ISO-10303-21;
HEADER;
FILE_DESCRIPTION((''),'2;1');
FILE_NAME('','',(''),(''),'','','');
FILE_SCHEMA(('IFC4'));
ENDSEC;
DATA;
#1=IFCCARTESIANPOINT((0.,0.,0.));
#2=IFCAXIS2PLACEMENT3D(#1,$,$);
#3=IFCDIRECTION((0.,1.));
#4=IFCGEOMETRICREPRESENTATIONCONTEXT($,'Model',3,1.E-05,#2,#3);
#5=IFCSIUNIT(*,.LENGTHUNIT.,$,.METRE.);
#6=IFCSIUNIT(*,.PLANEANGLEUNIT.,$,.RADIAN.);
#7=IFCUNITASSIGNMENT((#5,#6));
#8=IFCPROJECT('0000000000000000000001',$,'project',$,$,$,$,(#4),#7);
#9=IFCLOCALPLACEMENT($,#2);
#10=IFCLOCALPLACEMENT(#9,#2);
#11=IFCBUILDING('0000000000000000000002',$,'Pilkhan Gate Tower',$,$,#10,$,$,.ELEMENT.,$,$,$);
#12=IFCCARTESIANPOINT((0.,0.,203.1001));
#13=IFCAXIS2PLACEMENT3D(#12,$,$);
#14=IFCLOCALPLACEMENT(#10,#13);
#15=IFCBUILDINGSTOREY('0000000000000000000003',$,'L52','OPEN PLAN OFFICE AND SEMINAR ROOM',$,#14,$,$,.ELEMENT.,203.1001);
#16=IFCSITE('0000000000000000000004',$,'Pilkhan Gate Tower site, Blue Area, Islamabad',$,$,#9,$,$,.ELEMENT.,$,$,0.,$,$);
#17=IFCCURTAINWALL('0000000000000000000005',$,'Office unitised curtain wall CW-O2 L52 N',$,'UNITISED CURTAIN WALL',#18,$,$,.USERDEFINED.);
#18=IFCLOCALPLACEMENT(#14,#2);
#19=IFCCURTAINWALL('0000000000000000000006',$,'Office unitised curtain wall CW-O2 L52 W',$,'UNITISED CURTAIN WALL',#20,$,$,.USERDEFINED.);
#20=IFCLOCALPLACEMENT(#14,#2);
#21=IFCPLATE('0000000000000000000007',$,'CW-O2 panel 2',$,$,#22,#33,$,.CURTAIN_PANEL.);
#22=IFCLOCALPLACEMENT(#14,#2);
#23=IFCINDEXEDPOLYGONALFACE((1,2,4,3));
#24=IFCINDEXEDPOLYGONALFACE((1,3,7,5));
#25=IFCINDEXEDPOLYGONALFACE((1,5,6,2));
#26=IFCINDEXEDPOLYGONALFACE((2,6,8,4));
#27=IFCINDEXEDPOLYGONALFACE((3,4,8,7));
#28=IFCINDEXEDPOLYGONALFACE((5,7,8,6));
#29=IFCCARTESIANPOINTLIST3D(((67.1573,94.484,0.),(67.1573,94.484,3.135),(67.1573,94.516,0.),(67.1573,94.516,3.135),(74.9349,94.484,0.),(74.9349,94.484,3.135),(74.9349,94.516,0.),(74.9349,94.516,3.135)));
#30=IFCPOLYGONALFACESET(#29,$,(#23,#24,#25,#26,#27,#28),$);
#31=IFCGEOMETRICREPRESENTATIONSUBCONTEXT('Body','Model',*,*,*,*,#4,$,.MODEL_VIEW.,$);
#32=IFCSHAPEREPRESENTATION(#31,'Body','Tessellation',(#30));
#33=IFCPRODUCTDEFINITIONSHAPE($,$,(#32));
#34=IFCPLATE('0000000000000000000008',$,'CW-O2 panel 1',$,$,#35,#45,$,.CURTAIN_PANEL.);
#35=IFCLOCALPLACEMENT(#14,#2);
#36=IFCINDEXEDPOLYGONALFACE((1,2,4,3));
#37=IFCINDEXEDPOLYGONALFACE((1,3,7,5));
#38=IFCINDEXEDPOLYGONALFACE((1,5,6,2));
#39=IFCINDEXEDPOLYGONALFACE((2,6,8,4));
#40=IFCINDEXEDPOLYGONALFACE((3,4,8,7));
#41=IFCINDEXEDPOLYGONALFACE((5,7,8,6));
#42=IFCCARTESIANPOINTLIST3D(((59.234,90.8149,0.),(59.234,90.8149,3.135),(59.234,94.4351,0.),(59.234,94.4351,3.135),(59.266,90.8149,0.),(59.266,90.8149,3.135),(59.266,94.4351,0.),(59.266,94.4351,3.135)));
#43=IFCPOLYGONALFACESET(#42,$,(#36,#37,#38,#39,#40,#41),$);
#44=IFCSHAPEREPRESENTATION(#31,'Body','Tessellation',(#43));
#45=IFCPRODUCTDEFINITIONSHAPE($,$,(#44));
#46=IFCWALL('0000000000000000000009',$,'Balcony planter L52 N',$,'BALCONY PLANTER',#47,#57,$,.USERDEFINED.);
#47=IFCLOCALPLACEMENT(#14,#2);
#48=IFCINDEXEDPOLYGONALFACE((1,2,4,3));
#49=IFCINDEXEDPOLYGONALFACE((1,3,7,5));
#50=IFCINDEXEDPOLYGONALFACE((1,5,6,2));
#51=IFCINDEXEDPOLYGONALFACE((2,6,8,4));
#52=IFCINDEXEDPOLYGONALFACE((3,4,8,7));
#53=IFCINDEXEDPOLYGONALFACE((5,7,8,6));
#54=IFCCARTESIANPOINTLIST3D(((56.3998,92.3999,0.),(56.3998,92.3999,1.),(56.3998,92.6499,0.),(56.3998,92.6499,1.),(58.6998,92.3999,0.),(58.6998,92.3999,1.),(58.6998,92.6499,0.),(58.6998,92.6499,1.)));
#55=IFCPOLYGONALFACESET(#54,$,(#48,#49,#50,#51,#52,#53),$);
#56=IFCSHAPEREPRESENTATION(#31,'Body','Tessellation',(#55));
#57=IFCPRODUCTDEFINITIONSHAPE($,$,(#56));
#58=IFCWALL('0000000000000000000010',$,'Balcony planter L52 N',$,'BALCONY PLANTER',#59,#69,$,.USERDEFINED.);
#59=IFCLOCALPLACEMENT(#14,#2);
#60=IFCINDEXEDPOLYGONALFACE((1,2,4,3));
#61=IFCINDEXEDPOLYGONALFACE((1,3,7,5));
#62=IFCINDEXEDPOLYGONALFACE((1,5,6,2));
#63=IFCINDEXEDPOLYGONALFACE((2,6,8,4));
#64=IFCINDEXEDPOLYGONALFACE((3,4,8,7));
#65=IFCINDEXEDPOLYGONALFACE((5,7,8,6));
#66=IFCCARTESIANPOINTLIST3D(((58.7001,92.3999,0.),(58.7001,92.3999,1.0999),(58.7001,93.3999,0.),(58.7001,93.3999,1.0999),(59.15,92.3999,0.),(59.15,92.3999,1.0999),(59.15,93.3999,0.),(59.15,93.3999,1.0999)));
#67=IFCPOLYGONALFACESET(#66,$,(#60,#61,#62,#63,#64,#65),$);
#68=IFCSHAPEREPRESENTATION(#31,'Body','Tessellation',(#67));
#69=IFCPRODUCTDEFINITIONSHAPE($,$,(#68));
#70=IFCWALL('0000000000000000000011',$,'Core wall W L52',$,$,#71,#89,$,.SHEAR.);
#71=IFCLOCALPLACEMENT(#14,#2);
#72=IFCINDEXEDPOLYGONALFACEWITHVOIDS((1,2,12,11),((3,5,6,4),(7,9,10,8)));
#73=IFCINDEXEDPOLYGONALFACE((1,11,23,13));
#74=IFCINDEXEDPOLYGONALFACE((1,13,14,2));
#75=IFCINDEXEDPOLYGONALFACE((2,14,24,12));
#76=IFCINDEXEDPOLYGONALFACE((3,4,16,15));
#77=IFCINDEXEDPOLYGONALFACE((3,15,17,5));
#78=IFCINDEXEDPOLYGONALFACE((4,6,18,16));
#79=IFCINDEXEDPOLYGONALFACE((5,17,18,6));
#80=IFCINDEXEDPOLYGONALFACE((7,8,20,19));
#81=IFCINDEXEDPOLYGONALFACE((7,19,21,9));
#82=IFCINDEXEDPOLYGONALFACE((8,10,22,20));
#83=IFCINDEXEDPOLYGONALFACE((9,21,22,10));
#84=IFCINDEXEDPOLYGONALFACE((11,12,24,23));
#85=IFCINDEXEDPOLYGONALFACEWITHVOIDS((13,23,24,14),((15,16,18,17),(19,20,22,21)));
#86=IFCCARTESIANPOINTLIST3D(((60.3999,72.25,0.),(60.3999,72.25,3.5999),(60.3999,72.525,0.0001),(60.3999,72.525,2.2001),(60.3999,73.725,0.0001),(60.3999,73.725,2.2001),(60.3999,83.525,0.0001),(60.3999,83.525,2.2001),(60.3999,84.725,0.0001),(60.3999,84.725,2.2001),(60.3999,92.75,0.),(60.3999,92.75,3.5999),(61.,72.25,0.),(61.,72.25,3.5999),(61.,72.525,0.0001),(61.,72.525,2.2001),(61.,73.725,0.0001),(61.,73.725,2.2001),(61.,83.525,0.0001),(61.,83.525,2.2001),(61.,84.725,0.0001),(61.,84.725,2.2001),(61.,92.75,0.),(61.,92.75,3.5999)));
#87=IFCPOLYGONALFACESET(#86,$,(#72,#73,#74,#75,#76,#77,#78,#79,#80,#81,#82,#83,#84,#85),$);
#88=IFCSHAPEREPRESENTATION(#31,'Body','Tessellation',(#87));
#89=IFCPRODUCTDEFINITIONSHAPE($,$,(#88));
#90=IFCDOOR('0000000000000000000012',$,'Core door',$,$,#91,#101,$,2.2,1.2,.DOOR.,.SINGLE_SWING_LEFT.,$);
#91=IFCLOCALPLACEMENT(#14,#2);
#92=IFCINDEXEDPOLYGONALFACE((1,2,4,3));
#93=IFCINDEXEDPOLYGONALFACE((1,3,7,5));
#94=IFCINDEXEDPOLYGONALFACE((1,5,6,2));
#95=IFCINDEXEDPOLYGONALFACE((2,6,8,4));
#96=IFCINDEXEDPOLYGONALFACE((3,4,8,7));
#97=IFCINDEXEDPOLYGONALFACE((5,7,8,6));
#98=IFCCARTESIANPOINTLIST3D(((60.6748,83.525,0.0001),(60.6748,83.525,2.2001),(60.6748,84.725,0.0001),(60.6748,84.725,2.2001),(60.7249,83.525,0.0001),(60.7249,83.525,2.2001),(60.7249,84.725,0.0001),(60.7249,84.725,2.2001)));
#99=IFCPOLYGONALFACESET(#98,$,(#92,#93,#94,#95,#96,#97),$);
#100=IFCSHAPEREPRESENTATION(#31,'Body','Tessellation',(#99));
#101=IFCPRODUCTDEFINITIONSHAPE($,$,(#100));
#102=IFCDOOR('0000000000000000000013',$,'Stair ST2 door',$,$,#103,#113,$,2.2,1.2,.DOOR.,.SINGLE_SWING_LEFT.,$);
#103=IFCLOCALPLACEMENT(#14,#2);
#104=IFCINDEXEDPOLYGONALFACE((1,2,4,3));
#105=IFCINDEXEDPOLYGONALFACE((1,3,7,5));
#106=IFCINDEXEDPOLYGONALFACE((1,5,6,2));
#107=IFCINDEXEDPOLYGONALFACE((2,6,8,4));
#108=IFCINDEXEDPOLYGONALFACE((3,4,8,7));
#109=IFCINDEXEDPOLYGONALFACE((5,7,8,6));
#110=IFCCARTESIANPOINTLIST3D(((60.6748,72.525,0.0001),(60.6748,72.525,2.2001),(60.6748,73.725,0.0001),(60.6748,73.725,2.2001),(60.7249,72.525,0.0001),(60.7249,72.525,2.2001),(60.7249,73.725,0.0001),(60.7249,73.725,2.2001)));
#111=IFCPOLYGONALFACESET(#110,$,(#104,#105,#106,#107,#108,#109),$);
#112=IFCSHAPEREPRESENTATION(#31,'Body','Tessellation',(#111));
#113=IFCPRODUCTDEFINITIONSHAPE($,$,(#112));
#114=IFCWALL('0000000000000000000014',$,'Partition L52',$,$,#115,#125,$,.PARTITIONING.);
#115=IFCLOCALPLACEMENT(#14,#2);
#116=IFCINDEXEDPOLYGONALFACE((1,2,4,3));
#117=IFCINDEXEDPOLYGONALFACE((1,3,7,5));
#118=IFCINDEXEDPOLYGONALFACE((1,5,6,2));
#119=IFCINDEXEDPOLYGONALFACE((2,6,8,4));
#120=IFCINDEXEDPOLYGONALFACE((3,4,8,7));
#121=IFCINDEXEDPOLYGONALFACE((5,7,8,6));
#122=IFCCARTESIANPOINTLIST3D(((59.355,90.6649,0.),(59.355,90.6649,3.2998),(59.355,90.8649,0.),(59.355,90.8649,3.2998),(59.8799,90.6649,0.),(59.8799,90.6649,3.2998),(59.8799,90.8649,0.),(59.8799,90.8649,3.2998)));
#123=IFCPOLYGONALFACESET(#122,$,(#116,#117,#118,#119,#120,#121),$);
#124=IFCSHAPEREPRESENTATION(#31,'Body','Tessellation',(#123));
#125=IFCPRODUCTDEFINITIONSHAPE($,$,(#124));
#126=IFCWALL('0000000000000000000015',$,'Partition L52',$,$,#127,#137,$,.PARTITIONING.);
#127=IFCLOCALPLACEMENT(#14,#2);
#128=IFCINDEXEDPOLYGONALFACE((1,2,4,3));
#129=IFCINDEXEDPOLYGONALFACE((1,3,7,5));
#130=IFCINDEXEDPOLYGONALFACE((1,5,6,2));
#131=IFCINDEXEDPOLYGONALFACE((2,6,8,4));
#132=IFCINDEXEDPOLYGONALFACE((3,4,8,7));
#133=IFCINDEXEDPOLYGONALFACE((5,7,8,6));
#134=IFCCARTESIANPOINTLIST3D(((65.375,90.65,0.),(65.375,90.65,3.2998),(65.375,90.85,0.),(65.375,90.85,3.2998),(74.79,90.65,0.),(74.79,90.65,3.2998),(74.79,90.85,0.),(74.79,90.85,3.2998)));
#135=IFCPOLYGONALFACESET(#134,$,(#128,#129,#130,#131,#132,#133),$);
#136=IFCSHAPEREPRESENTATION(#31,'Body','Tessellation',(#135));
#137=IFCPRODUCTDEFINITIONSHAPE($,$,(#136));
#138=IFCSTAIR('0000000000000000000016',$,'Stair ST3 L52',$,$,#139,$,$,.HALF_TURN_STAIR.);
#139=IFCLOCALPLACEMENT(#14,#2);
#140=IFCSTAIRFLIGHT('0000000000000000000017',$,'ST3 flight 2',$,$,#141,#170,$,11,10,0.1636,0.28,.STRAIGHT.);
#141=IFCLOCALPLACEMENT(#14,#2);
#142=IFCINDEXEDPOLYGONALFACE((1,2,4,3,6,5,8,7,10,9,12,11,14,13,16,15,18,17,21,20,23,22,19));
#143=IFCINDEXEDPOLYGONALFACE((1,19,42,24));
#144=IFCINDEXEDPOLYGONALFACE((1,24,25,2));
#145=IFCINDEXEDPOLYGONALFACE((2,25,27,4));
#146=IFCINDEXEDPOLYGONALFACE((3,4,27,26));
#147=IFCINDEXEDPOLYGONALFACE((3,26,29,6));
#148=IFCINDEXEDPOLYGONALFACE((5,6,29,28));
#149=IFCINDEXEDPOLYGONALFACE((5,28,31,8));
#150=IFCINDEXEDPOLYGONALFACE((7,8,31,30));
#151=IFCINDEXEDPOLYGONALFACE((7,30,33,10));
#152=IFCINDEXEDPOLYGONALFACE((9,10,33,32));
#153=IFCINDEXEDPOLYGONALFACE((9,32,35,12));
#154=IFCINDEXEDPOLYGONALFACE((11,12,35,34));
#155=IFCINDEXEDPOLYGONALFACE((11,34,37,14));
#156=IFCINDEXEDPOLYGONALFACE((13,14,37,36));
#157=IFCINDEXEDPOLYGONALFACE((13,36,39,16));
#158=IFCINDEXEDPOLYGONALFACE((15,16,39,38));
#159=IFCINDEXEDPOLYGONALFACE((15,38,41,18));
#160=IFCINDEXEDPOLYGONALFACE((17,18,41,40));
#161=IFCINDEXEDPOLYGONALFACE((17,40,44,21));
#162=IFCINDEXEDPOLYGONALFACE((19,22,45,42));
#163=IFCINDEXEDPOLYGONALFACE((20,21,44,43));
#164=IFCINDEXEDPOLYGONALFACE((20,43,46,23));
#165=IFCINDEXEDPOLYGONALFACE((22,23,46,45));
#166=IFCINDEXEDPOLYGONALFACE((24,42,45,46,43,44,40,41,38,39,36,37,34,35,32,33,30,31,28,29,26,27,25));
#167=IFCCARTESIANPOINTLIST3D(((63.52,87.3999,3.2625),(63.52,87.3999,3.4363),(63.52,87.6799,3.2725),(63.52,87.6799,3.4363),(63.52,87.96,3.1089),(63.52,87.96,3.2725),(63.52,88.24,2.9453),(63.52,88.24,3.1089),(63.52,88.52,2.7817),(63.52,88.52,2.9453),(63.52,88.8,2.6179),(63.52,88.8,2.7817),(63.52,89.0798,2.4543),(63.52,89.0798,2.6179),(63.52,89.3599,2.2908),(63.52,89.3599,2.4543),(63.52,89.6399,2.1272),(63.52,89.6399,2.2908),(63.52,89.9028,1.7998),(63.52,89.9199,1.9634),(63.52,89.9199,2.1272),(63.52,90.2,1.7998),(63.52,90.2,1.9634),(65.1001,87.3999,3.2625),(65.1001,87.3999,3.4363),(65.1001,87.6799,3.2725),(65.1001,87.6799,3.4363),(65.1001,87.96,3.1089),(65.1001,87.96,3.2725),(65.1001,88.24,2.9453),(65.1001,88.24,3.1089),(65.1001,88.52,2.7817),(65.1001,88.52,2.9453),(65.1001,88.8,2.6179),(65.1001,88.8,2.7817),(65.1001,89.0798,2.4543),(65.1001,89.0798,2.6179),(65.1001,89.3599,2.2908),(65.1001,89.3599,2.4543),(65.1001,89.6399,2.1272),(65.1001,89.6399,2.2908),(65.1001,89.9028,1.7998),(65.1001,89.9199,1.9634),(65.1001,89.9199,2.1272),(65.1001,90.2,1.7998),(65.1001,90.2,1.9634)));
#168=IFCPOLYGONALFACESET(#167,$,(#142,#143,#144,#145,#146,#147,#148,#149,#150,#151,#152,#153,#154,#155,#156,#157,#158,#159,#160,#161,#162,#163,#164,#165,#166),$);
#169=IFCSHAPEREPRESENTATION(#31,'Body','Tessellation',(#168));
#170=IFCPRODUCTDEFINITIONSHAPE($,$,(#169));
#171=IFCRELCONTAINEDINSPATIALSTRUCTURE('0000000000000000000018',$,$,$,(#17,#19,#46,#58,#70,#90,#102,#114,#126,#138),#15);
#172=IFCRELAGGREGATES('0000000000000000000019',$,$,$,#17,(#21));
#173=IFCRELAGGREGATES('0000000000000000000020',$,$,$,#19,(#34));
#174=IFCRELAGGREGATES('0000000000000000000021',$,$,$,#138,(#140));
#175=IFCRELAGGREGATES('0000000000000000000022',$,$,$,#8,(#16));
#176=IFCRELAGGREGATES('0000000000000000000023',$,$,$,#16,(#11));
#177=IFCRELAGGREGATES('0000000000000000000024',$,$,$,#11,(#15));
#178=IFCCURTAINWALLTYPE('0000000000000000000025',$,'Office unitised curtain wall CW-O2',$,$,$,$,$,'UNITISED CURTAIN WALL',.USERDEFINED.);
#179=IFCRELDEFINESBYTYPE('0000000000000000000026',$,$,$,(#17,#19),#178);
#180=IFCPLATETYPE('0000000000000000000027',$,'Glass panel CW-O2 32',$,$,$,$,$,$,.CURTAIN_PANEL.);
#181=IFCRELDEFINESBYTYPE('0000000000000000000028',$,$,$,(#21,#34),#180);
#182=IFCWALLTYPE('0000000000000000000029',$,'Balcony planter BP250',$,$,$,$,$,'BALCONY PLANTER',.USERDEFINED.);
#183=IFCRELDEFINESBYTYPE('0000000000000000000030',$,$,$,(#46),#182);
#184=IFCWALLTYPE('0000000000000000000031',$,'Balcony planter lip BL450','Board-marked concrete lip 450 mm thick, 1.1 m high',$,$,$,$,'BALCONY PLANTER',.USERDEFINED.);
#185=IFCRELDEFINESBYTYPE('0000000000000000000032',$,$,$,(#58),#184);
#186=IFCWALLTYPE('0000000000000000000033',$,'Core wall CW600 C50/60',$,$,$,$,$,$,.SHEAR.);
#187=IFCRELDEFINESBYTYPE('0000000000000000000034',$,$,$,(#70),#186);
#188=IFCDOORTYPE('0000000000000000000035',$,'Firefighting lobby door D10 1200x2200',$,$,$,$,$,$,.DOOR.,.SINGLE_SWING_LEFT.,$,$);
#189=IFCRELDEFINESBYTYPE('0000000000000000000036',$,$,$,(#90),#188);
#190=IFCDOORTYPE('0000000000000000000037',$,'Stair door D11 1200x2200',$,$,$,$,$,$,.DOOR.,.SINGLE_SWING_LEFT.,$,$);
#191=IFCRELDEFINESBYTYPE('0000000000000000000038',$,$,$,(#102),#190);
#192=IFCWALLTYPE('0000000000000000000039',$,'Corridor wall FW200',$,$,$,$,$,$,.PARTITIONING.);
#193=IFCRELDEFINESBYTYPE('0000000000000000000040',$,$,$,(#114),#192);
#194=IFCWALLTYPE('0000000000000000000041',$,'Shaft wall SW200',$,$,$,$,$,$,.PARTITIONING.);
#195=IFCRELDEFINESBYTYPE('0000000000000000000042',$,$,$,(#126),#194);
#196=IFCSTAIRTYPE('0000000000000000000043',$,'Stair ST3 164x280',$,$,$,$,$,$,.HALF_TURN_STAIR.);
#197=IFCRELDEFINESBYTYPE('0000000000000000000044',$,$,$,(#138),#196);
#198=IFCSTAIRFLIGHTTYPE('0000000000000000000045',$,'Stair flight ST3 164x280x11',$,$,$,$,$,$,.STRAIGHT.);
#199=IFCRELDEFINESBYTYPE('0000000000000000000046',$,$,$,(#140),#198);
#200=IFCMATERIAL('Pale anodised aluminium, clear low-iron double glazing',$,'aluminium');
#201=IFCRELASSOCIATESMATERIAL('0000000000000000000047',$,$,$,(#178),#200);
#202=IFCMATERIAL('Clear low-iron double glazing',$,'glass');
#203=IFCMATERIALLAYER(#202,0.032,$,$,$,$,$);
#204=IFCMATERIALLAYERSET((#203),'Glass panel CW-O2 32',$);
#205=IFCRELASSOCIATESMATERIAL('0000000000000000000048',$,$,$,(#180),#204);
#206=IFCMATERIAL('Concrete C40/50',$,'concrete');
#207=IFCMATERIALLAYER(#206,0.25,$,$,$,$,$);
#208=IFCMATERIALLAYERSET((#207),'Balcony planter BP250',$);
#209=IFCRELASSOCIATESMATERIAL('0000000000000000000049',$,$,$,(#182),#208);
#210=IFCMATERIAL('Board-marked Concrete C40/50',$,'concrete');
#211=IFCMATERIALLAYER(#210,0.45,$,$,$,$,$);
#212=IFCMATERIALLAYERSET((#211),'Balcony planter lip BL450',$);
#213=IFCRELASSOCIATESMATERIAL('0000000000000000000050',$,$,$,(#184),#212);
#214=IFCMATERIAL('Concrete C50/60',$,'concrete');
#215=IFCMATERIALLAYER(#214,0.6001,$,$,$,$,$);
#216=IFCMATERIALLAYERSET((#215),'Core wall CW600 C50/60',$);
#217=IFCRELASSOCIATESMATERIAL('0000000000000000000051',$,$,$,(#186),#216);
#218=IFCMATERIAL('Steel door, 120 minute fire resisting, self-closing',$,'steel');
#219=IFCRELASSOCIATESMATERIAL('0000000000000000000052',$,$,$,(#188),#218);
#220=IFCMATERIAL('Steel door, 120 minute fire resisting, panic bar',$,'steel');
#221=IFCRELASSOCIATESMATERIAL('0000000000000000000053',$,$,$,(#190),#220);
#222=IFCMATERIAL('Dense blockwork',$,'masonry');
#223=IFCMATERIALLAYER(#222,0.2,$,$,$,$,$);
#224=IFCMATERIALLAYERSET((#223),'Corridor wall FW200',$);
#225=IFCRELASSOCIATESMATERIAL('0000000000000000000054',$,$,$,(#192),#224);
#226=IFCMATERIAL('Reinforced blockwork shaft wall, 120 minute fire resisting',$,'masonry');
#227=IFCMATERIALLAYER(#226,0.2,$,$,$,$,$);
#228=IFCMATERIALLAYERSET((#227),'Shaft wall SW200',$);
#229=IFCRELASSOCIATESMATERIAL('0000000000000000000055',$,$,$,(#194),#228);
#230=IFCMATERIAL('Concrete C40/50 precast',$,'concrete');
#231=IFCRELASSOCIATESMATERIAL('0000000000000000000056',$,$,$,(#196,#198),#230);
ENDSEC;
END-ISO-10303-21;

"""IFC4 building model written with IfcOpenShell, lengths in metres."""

from ifc_helpers import new_model, si_unit, direction, frame, frame_2d, origin, origin_2d, place, context, subcontext, project, spatial, polyline, rectangle, outline, extrude, material, layer, layer_set, type_object, element, fill, aggregate, save


model = new_model("IFC4")

# Units and contexts
model_context = context("Model", 3, precision=1e-05, world=origin(), true_north=direction((0.0, 1.0)))
body_context = subcontext(model_context, "Body", "Model", "MODEL_VIEW")
ifc_project = project(units=[si_unit("LENGTHUNIT", "METRE"), si_unit("PLANEANGLEUNIT", "RADIAN")], contexts=[model_context])

# Site, building, storey
site_placement = place(None, origin())
site = spatial("IfcSite", under=ifc_project, at=site_placement, Name="Pilkhan Gate Tower site, Blue Area, Islamabad", CompositionType="ELEMENT", RefElevation=0.0)
building_placement = place(site_placement, origin())
building = spatial("IfcBuilding", under=site, at=building_placement, Name="Pilkhan Gate Tower", CompositionType="ELEMENT")
storey_placement = place(building_placement, frame((0.0, 0.0, 203.1001)))
storey = spatial("IfcBuildingStorey", under=building, at=storey_placement, Name="L52", Description="OPEN PLAN OFFICE AND SEMINAR ROOM", CompositionType="ELEMENT", Elevation=203.1001)

# Shared definitions
ifc_material_1 = material(Name="Concrete C50/60", Category="concrete")

# Curtain walls
ifc_material_2 = material(Name="Pale anodised aluminium, clear low-iron double glazing", Category="aluminium")
curtain_wall_type = type_object("IfcCurtainWallType", Name="Office unitised curtain wall CW-O2", ElementType="UNITISED CURTAIN WALL", PredefinedType="USERDEFINED", material=ifc_material_2)
curtain_wall_1_placement = place(storey_placement, origin())
curtain_wall_1 = element("IfcCurtainWall", 1, at=curtain_wall_1_placement, inside=storey, type_object=curtain_wall_type, Name="Office unitised curtain wall CW-O2 L52 N", ObjectType="UNITISED CURTAIN WALL", PredefinedType="USERDEFINED")
curtain_wall_2_placement = place(storey_placement, origin())
curtain_wall_2 = element("IfcCurtainWall", 2, at=curtain_wall_2_placement, inside=storey, type_object=curtain_wall_type, Name="Office unitised curtain wall CW-O2 L52 W", ObjectType="UNITISED CURTAIN WALL", PredefinedType="USERDEFINED")

# Plates
ifc_material_3 = material(Name="Clear low-iron double glazing", Category="glass")
ifc_layer_1 = layer(ifc_material_3, 0.032)
ifc_layer_set_1 = layer_set([ifc_layer_1], Name="Glass panel CW-O2 32")
plate_type = type_object("IfcPlateType", Name="Glass panel CW-O2 32", PredefinedType="CURTAIN_PANEL", material=ifc_layer_set_1)
plate_1_placement = place(storey_placement, frame((71.0461, 94.5, 0.0), z_axis=(0.0, 0.0, 1.0), x_axis=(1.0, 0.0, 0.0)))
plate_1 = element("IfcPlate", 3, at=plate_1_placement, type_object=plate_type, Name="CW-O2 panel 2", PredefinedType="CURTAIN_PANEL", context=body_context, shape_type="SweptSolid", body=[
    extrude(rectangle(XDim=7.7776, YDim=0.032, at=origin_2d()), origin(), (0.0, 0.0, 1.0), 3.135),
])
aggregate(curtain_wall_1, [plate_1])
plate_2_placement = place(storey_placement, frame((59.25, 92.625, 0.0), z_axis=(0.0, 0.0, 1.0), x_axis=(0.0, 1.0, 0.0)))
plate_2 = element("IfcPlate", 4, at=plate_2_placement, type_object=plate_type, Name="CW-O2 panel 1", PredefinedType="CURTAIN_PANEL", context=body_context, shape_type="SweptSolid", body=[
    extrude(rectangle(XDim=3.6201, YDim=0.032, at=origin_2d()), origin(), (0.0, 0.0, 1.0), 3.135),
])
aggregate(curtain_wall_2, [plate_2])

# Walls
ifc_material_4 = material(Name="Concrete C40/50", Category="concrete")
ifc_layer_2 = layer(ifc_material_4, 0.25)
ifc_layer_set_2 = layer_set([ifc_layer_2], Name="Balcony planter BP250")
wall_type_1 = type_object("IfcWallType", Name="Balcony planter BP250", ElementType="BALCONY PLANTER", PredefinedType="USERDEFINED", material=ifc_layer_set_2)
wall_1_placement = place(storey_placement, frame((56.3999, 92.5249, 0.0), z_axis=(0.0, 0.0, 1.0), x_axis=(1.0, 0.0, 0.0)))
element("IfcWall", 5, at=wall_1_placement, inside=storey, type_object=wall_type_1, Name="Balcony planter L52 N", ObjectType="BALCONY PLANTER", PredefinedType="USERDEFINED", context=body_context, shape_type="SweptSolid", body=[
    extrude(rectangle(XDim=2.3, YDim=0.25, at=frame_2d((1.1499, 0.0))), origin(), (0.0, 0.0, 1.0), 1.0),
])
ifc_material_5 = material(Name="Board-marked Concrete C40/50", Category="concrete")
ifc_layer_3 = layer(ifc_material_5, 0.45)
ifc_layer_set_3 = layer_set([ifc_layer_3], Name="Balcony planter lip BL450")
wall_type_2 = type_object("IfcWallType", Name="Balcony planter lip BL450", Description="Board-marked concrete lip 450 mm thick, 1.1 m high", ElementType="BALCONY PLANTER", PredefinedType="USERDEFINED", material=ifc_layer_set_3)
wall_2_placement = place(storey_placement, frame((58.925, 92.3999, 0.0), z_axis=(0.0, 0.0, 1.0), x_axis=(0.0, 1.0, 0.0)))
element("IfcWall", 6, at=wall_2_placement, inside=storey, type_object=wall_type_2, Name="Balcony planter L52 N", ObjectType="BALCONY PLANTER", PredefinedType="USERDEFINED", context=body_context, shape_type="SweptSolid", body=[
    extrude(rectangle(XDim=1.0, YDim=0.45, at=frame_2d((0.5, 0.0))), origin(), (0.0, 0.0, 1.0), 1.0999),
])

# Wall, openings, doors
ifc_layer_4 = layer(ifc_material_1, 0.6001)
ifc_layer_set_4 = layer_set([ifc_layer_4], Name="Core wall CW600 C50/60")
wall_type_3 = type_object("IfcWallType", Name="Core wall CW600 C50/60", PredefinedType="SHEAR", material=ifc_layer_set_4)
wall_3_placement = place(storey_placement, frame((60.7, 92.75, 0.0), z_axis=(0.0, 0.0, 1.0), x_axis=(0.0, -1.0, 0.0)))
wall_3 = element("IfcWall", 7, at=wall_3_placement, inside=storey, type_object=wall_type_3, Name="Core wall W L52", PredefinedType="SHEAR", context=body_context, shape_type="SweptSolid", body=[
    extrude(rectangle(XDim=20.5, YDim=0.6001, at=frame_2d((10.25, 0.0))), origin(), (0.0, 0.0, 1.0), 3.5999),
])
opening_1_placement = place(wall_3_placement, frame((19.0249, 0.0, 0.0)))
opening_1 = element("IfcOpeningElement", 8, at=opening_1_placement, cuts=wall_3, PredefinedType="OPENING", context=body_context, shape_type="SweptSolid", body=[
    extrude(rectangle(XDim=1.2, YDim=2.2, at=frame_2d((0.6001, 1.1001))), frame((0.0, 0.3101, 0.0), z_axis=(0.0, -1.0, 0.0), x_axis=(1.0, 0.0, 0.0)), (0.0, 0.0, 1.0), 0.6201),
])
opening_2_placement = place(wall_3_placement, frame((8.0249, 0.0, 0.0)))
opening_2 = element("IfcOpeningElement", 9, at=opening_2_placement, cuts=wall_3, PredefinedType="OPENING", context=body_context, shape_type="SweptSolid", body=[
    extrude(rectangle(XDim=1.2, YDim=2.2, at=frame_2d((0.6001, 1.1001))), frame((0.0, 0.3101, 0.0), z_axis=(0.0, -1.0, 0.0), x_axis=(1.0, 0.0, 0.0)), (0.0, 0.0, 1.0), 0.6201),
])
ifc_material_6 = material(Name="Steel door, 120 minute fire resisting, self-closing", Category="steel")
door_type_1 = type_object("IfcDoorType", Name="Firefighting lobby door D10 1200x2200", OperationType="SINGLE_SWING_LEFT", PredefinedType="DOOR", material=ifc_material_6)
door_1_placement = place(opening_2_placement, origin())
door_1 = element("IfcDoor", 10, at=door_1_placement, inside=storey, type_object=door_type_1, Name="Core door", OperationType="SINGLE_SWING_LEFT", OverallHeight=2.2, OverallWidth=1.2, PredefinedType="DOOR", context=body_context, shape_type="SweptSolid", body=[
    extrude(rectangle(XDim=1.2, YDim=2.2, at=frame_2d((0.6001, 1.1001))), frame((0.0, 0.0249, 0.0), z_axis=(0.0, -1.0, 0.0), x_axis=(1.0, 0.0, 0.0)), (0.0, 0.0, 1.0), 0.05),
])
fill(opening_2, door_1)
ifc_material_7 = material(Name="Steel door, 120 minute fire resisting, panic bar", Category="steel")
door_type_2 = type_object("IfcDoorType", Name="Stair door D11 1200x2200", OperationType="SINGLE_SWING_LEFT", PredefinedType="DOOR", material=ifc_material_7)
door_2_placement = place(opening_1_placement, origin())
door_2 = element("IfcDoor", 11, at=door_2_placement, inside=storey, type_object=door_type_2, Name="Stair ST2 door", OperationType="SINGLE_SWING_LEFT", OverallHeight=2.2, OverallWidth=1.2, PredefinedType="DOOR", context=body_context, shape_type="SweptSolid", body=[
    extrude(rectangle(XDim=1.2, YDim=2.2, at=frame_2d((0.6001, 1.1001))), frame((0.0, 0.0249, 0.0), z_axis=(0.0, -1.0, 0.0), x_axis=(1.0, 0.0, 0.0)), (0.0, 0.0, 1.0), 0.05),
])
fill(opening_1, door_2)

# Wall
ifc_material_8 = material(Name="Dense blockwork", Category="masonry")
ifc_layer_5 = layer(ifc_material_8, 0.2)
ifc_layer_set_5 = layer_set([ifc_layer_5], Name="Corridor wall FW200")
wall_type_4 = type_object("IfcWallType", Name="Corridor wall FW200", PredefinedType="PARTITIONING", material=ifc_layer_set_5)
wall_4_placement = place(storey_placement, frame((59.355, 90.7649, 0.0), z_axis=(0.0, 0.0, 1.0), x_axis=(1.0, 0.0, 0.0)))
element("IfcWall", 12, at=wall_4_placement, inside=storey, type_object=wall_type_4, Name="Partition L52", PredefinedType="PARTITIONING", context=body_context, shape_type="SweptSolid", body=[
    extrude(rectangle(XDim=0.5249, YDim=0.2, at=frame_2d((0.2625, 0.0))), origin(), (0.0, 0.0, 1.0), 3.2998),
])

# Wall
ifc_material_9 = material(Name="Reinforced blockwork shaft wall, 120 minute fire resisting", Category="masonry")
ifc_layer_6 = layer(ifc_material_9, 0.2)
ifc_layer_set_6 = layer_set([ifc_layer_6], Name="Shaft wall SW200")
wall_type_5 = type_object("IfcWallType", Name="Shaft wall SW200", PredefinedType="PARTITIONING", material=ifc_layer_set_6)
wall_5_placement = place(storey_placement, frame((65.375, 90.75, 0.0), z_axis=(0.0, 0.0, 1.0), x_axis=(1.0, 0.0, 0.0)))
element("IfcWall", 13, at=wall_5_placement, inside=storey, type_object=wall_type_5, Name="Partition L52", PredefinedType="PARTITIONING", context=body_context, shape_type="SweptSolid", body=[
    extrude(rectangle(XDim=9.415, YDim=0.2, at=frame_2d((4.7075, 0.0))), origin(), (0.0, 0.0, 1.0), 3.2998),
])

# Stair, stair flight
ifc_material_10 = material(Name="Concrete C40/50 precast", Category="concrete")
stair_type = type_object("IfcStairType", Name="Stair ST3 164x280", PredefinedType="HALF_TURN_STAIR", material=ifc_material_10)
stair_placement = place(storey_placement, origin())
stair = element("IfcStair", 14, at=stair_placement, inside=storey, type_object=stair_type, Name="Stair ST3 L52", PredefinedType="HALF_TURN_STAIR")
stair_flight_type = type_object("IfcStairFlightType", Name="Stair flight ST3 164x280x11", PredefinedType="STRAIGHT", material=ifc_material_10)
stair_flight_placement = place(storey_placement, frame((64.3101, 90.2, 1.7998), z_axis=(0.0, 0.0, 1.0), x_axis=(0.0, -1.0, 0.0)))
stair_flight = element("IfcStairFlight", 15, at=stair_flight_placement, type_object=stair_flight_type, Name="ST3 flight 2", NumberOfRisers=11, NumberOfTreads=10, PredefinedType="STRAIGHT", RiserHeight=0.1636, TreadLength=0.28, context=body_context, shape_type="SweptSolid", body=[
    extrude(outline(polyline([(0.0, 0.0), (0.0, 0.1636), (0.28, 0.1636), (0.28, 0.3274), (0.5601, 0.3274), (0.5601, 0.491), (0.8401, 0.491), (0.8401, 0.6545), (1.1201, 0.6545), (1.1201, 0.8181), (1.3999, 0.8181), (1.3999, 0.9819), (1.6799, 0.9819), (1.6799, 1.1455), (1.96, 1.1455), (1.96, 1.3091), (2.24, 1.3091), (2.24, 1.4727), (2.52, 1.4727), (2.52, 1.6365), (2.8, 1.6365), (2.8, 1.8), (2.8, 1.4626), (0.2971, 0.0), (0.0, 0.0)])), frame((0.0, 0.79, 0.0), z_axis=(0.0, -1.0, 0.0), x_axis=(1.0, 0.0, 0.0)), (0.0, 0.0, 1.0), 1.5801),
])
aggregate(stair, [stair_flight])

save(model, "model.ifc")
